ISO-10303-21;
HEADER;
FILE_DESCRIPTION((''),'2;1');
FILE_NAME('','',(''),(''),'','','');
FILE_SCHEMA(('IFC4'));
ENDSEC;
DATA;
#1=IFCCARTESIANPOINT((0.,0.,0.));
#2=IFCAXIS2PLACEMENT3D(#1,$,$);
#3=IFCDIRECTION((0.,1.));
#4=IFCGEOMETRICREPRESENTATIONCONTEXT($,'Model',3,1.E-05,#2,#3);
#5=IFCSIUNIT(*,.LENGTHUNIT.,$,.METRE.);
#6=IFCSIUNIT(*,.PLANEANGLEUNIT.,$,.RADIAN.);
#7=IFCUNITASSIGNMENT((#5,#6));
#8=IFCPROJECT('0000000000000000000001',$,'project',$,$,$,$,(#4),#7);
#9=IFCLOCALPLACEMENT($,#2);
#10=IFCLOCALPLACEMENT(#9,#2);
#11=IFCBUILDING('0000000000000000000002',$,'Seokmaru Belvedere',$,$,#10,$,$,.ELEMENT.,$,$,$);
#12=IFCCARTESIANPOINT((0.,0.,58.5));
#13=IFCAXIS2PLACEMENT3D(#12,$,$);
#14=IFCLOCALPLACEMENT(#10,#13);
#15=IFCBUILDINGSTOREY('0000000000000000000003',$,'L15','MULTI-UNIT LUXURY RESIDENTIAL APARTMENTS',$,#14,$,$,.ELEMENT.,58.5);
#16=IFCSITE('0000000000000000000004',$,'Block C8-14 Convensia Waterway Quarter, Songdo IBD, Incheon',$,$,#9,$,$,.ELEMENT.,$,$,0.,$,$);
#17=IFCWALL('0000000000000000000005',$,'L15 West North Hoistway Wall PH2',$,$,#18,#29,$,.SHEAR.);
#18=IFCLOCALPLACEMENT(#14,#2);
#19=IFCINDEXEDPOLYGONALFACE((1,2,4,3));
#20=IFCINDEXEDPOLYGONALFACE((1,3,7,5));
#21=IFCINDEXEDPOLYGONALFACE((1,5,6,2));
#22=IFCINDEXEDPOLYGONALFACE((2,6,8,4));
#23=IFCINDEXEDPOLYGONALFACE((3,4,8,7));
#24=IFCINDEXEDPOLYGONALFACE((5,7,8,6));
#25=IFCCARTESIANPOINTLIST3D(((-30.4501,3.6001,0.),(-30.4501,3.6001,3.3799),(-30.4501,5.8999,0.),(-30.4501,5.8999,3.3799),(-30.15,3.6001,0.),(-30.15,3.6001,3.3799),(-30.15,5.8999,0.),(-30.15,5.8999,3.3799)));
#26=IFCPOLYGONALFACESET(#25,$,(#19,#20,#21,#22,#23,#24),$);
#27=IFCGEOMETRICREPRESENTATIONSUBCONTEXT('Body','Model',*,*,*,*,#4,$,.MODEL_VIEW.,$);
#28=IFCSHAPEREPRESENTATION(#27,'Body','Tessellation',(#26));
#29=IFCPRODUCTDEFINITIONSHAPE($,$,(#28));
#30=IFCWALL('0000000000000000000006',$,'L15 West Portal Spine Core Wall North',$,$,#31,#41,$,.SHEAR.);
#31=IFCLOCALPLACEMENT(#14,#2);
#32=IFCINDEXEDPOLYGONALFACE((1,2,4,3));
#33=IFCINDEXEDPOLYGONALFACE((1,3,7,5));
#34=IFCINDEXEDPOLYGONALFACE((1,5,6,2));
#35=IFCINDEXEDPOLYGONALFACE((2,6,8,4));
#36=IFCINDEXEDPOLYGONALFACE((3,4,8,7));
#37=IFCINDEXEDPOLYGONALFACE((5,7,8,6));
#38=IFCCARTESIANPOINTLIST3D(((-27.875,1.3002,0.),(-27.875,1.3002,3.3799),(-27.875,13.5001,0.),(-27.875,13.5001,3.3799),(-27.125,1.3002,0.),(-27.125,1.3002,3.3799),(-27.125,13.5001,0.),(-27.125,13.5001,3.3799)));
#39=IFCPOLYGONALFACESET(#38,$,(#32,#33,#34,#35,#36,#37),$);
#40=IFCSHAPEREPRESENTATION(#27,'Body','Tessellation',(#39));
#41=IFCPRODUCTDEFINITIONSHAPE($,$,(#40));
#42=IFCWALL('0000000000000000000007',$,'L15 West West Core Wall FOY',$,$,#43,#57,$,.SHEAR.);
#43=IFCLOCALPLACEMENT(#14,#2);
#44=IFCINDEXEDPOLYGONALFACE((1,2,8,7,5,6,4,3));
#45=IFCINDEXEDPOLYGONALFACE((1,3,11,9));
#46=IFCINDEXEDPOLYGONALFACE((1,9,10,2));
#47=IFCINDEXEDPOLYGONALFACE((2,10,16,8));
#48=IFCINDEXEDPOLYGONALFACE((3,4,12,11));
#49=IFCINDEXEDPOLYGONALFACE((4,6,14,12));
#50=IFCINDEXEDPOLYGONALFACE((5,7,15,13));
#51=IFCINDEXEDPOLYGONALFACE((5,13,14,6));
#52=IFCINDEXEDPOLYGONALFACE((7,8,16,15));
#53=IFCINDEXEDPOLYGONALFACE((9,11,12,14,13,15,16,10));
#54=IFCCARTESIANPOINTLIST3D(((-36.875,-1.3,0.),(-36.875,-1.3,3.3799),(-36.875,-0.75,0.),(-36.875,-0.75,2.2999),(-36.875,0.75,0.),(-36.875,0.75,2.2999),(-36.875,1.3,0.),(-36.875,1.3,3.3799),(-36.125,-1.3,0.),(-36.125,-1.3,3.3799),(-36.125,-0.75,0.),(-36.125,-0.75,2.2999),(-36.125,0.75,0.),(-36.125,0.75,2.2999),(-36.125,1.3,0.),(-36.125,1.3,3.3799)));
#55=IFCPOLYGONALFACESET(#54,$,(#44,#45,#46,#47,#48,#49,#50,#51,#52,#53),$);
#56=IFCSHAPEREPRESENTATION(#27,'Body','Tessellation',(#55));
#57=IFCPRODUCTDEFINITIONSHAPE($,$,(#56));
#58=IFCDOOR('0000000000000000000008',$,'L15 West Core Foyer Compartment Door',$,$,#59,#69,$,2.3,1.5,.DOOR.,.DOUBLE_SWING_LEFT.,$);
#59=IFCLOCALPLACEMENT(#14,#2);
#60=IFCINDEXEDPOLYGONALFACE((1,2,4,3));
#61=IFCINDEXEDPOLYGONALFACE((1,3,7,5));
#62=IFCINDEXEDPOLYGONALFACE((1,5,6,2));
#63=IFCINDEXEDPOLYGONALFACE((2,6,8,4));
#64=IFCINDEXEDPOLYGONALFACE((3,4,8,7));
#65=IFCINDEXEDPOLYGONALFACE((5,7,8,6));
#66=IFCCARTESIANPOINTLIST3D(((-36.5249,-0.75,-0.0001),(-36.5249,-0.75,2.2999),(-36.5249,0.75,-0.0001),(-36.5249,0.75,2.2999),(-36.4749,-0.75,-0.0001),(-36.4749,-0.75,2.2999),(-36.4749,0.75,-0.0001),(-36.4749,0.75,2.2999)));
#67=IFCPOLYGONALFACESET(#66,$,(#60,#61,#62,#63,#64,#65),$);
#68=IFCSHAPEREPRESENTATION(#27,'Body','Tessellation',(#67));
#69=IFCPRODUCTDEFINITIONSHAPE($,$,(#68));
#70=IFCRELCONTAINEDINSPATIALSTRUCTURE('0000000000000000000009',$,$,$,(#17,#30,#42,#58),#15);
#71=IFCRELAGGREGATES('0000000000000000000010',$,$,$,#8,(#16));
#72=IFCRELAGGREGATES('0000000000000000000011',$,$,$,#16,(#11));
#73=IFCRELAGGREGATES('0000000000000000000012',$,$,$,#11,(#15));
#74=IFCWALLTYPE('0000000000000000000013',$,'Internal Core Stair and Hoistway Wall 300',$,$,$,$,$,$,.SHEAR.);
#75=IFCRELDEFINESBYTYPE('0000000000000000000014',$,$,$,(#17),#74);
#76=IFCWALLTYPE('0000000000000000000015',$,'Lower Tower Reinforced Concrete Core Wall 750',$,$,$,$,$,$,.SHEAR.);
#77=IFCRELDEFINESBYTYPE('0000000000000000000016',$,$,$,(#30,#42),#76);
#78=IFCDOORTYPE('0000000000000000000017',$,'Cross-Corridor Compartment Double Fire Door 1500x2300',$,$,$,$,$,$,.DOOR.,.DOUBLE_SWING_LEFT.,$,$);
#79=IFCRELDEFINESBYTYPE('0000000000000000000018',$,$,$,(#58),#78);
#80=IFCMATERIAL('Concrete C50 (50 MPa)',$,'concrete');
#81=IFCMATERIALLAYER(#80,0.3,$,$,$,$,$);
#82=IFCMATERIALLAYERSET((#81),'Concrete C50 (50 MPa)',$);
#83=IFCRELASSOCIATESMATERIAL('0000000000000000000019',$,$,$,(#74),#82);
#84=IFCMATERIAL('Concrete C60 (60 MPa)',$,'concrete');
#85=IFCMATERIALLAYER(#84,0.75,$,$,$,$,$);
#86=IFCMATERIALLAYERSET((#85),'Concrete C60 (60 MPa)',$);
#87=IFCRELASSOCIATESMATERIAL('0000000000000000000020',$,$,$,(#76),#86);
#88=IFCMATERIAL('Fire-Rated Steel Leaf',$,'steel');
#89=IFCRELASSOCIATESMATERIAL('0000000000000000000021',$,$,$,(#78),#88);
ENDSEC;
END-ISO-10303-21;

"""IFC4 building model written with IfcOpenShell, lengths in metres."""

from ifc_helpers import new_model, si_unit, direction, frame, frame_2d, origin, place, context, subcontext, project, spatial, rectangle, extrude, source, transform, mapped, material, layer, layer_set, type_object, type_shapes, element, fill, save


model = new_model("IFC4")

# Units and contexts
model_context = context("Model", 3, precision=1e-05, world=origin(), true_north=direction((0.0, 1.0)))
body_context = subcontext(model_context, "Body", "Model", "MODEL_VIEW")
ifc_project = project(units=[si_unit("LENGTHUNIT", "METRE"), si_unit("PLANEANGLEUNIT", "RADIAN")], contexts=[model_context])

# Site, building, storey
site_placement = place(None, origin())
site = spatial("IfcSite", under=ifc_project, at=site_placement, Name="Block C8-14 Convensia Waterway Quarter, Songdo IBD, Incheon", CompositionType="ELEMENT", RefElevation=0.0)
building_placement = place(site_placement, origin())
building = spatial("IfcBuilding", under=site, at=building_placement, Name="Seokmaru Belvedere", CompositionType="ELEMENT")
storey_placement = place(building_placement, frame((0.0, 0.0, 58.5)))
storey = spatial("IfcBuildingStorey", under=building, at=storey_placement, Name="L15", Description="MULTI-UNIT LUXURY RESIDENTIAL APARTMENTS", CompositionType="ELEMENT", Elevation=58.5)

# Shared definitions
ifc_material_1 = material(Name="Fire-Rated Steel Leaf", Category="steel")

# Walls
ifc_material_2 = material(Name="Concrete C50 (50 MPa)", Category="concrete")
ifc_layer_1 = layer(ifc_material_2, 0.3)
ifc_layer_set_1 = layer_set([ifc_layer_1], Name="Concrete C50 (50 MPa)")
wall_type_1 = type_object("IfcWallType", Name="Internal Core Stair and Hoistway Wall 300", PredefinedType="SHEAR", material=ifc_layer_set_1)
wall_1_placement = place(storey_placement, frame((-30.3, 3.6001, 0.0), z_axis=(0.0, 0.0, 1.0), x_axis=(0.0, 1.0, 0.0)))
element("IfcWall", 1, at=wall_1_placement, inside=storey, type_object=wall_type_1, Name="L15 West North Hoistway Wall PH2", PredefinedType="SHEAR", context=body_context, shape_type="SweptSolid", body=[
    extrude(rectangle(XDim=2.2998, YDim=0.3, at=frame_2d((1.1499, 0.0))), origin(), (0.0, 0.0, 1.0), 3.3799),
])
ifc_material_3 = material(Name="Concrete C60 (60 MPa)", Category="concrete")
ifc_layer_2 = layer(ifc_material_3, 0.75)
ifc_layer_set_2 = layer_set([ifc_layer_2], Name="Concrete C60 (60 MPa)")
wall_type_2 = type_object("IfcWallType", Name="Lower Tower Reinforced Concrete Core Wall 750", PredefinedType="SHEAR", material=ifc_layer_set_2)
wall_2_placement = place(storey_placement, frame((-27.5, 1.3, 0.0), z_axis=(0.0, 0.0, 1.0), x_axis=(0.0, 1.0, 0.0)))
element("IfcWall", 2, at=wall_2_placement, inside=storey, type_object=wall_type_2, Name="L15 West Portal Spine Core Wall North", PredefinedType="SHEAR", context=body_context, shape_type="SweptSolid", body=[
    extrude(rectangle(XDim=12.2, YDim=0.75, at=frame_2d((6.1001, 0.0))), origin(), (0.0, 0.0, 1.0), 3.3799),
])

# Wall, opening, door
wall_3_placement = place(storey_placement, frame((-36.5, -1.3, 0.0), z_axis=(0.0, 0.0, 1.0), x_axis=(0.0, 1.0, 0.0)))
wall_3 = element("IfcWall", 3, at=wall_3_placement, inside=storey, type_object=wall_type_2, Name="L15 West West Core Wall FOY", PredefinedType="SHEAR", context=body_context, shape_type="SweptSolid", body=[
    extrude(rectangle(XDim=2.6001, YDim=0.75, at=frame_2d((1.3, 0.0))), origin(), (0.0, 0.0, 1.0), 3.3799),
])
opening_1_placement = place(wall_3_placement, frame((0.55, 0.0, 0.0)))
opening_1 = element("IfcOpeningElement", 4, at=opening_1_placement, cuts=wall_3, PredefinedType="OPENING", context=body_context, shape_type="SweptSolid", body=[
    extrude(rectangle(XDim=1.5, YDim=2.3, at=frame_2d((0.75, 1.1499))), frame((0.0, 0.385, 0.0), z_axis=(0.0, -1.0, 0.0), x_axis=(1.0, 0.0, 0.0)), (0.0, 0.0, 1.0), 0.77),
])
door_type_1 = type_object("IfcDoorType", Name="Cross-Corridor Compartment Double Fire Door 1500x2300", OperationType="DOUBLE_SWING_LEFT", PredefinedType="DOOR", material=ifc_material_1)
shared_shape_1 = source(origin(), body_context, "Body", "SweptSolid", [
    extrude(rectangle(XDim=1.5, YDim=2.3, at=frame_2d((0.75, 1.1499))), frame((0.0, 0.0249, 0.0), z_axis=(0.0, -1.0, 0.0), x_axis=(1.0, 0.0, 0.0)), (0.0, 0.0, 1.0), 0.05),
])
type_shapes(door_type_1, [shared_shape_1])
door_1_placement = place(opening_1_placement, origin())
door_1 = element("IfcDoor", 5, at=door_1_placement, inside=storey, type_object=door_type_1, Name="L15 West Core Foyer Compartment Door", OperationType="DOUBLE_SWING_LEFT", OverallHeight=2.3, OverallWidth=1.5, PredefinedType="DOOR", context=body_context, shape_type="MappedRepresentation", body=[
    mapped(shared_shape_1, transform((0.0, 0.0, 0.0), scale=1.0)),
])
fill(opening_1, door_1)

save(model, "model.ifc")
